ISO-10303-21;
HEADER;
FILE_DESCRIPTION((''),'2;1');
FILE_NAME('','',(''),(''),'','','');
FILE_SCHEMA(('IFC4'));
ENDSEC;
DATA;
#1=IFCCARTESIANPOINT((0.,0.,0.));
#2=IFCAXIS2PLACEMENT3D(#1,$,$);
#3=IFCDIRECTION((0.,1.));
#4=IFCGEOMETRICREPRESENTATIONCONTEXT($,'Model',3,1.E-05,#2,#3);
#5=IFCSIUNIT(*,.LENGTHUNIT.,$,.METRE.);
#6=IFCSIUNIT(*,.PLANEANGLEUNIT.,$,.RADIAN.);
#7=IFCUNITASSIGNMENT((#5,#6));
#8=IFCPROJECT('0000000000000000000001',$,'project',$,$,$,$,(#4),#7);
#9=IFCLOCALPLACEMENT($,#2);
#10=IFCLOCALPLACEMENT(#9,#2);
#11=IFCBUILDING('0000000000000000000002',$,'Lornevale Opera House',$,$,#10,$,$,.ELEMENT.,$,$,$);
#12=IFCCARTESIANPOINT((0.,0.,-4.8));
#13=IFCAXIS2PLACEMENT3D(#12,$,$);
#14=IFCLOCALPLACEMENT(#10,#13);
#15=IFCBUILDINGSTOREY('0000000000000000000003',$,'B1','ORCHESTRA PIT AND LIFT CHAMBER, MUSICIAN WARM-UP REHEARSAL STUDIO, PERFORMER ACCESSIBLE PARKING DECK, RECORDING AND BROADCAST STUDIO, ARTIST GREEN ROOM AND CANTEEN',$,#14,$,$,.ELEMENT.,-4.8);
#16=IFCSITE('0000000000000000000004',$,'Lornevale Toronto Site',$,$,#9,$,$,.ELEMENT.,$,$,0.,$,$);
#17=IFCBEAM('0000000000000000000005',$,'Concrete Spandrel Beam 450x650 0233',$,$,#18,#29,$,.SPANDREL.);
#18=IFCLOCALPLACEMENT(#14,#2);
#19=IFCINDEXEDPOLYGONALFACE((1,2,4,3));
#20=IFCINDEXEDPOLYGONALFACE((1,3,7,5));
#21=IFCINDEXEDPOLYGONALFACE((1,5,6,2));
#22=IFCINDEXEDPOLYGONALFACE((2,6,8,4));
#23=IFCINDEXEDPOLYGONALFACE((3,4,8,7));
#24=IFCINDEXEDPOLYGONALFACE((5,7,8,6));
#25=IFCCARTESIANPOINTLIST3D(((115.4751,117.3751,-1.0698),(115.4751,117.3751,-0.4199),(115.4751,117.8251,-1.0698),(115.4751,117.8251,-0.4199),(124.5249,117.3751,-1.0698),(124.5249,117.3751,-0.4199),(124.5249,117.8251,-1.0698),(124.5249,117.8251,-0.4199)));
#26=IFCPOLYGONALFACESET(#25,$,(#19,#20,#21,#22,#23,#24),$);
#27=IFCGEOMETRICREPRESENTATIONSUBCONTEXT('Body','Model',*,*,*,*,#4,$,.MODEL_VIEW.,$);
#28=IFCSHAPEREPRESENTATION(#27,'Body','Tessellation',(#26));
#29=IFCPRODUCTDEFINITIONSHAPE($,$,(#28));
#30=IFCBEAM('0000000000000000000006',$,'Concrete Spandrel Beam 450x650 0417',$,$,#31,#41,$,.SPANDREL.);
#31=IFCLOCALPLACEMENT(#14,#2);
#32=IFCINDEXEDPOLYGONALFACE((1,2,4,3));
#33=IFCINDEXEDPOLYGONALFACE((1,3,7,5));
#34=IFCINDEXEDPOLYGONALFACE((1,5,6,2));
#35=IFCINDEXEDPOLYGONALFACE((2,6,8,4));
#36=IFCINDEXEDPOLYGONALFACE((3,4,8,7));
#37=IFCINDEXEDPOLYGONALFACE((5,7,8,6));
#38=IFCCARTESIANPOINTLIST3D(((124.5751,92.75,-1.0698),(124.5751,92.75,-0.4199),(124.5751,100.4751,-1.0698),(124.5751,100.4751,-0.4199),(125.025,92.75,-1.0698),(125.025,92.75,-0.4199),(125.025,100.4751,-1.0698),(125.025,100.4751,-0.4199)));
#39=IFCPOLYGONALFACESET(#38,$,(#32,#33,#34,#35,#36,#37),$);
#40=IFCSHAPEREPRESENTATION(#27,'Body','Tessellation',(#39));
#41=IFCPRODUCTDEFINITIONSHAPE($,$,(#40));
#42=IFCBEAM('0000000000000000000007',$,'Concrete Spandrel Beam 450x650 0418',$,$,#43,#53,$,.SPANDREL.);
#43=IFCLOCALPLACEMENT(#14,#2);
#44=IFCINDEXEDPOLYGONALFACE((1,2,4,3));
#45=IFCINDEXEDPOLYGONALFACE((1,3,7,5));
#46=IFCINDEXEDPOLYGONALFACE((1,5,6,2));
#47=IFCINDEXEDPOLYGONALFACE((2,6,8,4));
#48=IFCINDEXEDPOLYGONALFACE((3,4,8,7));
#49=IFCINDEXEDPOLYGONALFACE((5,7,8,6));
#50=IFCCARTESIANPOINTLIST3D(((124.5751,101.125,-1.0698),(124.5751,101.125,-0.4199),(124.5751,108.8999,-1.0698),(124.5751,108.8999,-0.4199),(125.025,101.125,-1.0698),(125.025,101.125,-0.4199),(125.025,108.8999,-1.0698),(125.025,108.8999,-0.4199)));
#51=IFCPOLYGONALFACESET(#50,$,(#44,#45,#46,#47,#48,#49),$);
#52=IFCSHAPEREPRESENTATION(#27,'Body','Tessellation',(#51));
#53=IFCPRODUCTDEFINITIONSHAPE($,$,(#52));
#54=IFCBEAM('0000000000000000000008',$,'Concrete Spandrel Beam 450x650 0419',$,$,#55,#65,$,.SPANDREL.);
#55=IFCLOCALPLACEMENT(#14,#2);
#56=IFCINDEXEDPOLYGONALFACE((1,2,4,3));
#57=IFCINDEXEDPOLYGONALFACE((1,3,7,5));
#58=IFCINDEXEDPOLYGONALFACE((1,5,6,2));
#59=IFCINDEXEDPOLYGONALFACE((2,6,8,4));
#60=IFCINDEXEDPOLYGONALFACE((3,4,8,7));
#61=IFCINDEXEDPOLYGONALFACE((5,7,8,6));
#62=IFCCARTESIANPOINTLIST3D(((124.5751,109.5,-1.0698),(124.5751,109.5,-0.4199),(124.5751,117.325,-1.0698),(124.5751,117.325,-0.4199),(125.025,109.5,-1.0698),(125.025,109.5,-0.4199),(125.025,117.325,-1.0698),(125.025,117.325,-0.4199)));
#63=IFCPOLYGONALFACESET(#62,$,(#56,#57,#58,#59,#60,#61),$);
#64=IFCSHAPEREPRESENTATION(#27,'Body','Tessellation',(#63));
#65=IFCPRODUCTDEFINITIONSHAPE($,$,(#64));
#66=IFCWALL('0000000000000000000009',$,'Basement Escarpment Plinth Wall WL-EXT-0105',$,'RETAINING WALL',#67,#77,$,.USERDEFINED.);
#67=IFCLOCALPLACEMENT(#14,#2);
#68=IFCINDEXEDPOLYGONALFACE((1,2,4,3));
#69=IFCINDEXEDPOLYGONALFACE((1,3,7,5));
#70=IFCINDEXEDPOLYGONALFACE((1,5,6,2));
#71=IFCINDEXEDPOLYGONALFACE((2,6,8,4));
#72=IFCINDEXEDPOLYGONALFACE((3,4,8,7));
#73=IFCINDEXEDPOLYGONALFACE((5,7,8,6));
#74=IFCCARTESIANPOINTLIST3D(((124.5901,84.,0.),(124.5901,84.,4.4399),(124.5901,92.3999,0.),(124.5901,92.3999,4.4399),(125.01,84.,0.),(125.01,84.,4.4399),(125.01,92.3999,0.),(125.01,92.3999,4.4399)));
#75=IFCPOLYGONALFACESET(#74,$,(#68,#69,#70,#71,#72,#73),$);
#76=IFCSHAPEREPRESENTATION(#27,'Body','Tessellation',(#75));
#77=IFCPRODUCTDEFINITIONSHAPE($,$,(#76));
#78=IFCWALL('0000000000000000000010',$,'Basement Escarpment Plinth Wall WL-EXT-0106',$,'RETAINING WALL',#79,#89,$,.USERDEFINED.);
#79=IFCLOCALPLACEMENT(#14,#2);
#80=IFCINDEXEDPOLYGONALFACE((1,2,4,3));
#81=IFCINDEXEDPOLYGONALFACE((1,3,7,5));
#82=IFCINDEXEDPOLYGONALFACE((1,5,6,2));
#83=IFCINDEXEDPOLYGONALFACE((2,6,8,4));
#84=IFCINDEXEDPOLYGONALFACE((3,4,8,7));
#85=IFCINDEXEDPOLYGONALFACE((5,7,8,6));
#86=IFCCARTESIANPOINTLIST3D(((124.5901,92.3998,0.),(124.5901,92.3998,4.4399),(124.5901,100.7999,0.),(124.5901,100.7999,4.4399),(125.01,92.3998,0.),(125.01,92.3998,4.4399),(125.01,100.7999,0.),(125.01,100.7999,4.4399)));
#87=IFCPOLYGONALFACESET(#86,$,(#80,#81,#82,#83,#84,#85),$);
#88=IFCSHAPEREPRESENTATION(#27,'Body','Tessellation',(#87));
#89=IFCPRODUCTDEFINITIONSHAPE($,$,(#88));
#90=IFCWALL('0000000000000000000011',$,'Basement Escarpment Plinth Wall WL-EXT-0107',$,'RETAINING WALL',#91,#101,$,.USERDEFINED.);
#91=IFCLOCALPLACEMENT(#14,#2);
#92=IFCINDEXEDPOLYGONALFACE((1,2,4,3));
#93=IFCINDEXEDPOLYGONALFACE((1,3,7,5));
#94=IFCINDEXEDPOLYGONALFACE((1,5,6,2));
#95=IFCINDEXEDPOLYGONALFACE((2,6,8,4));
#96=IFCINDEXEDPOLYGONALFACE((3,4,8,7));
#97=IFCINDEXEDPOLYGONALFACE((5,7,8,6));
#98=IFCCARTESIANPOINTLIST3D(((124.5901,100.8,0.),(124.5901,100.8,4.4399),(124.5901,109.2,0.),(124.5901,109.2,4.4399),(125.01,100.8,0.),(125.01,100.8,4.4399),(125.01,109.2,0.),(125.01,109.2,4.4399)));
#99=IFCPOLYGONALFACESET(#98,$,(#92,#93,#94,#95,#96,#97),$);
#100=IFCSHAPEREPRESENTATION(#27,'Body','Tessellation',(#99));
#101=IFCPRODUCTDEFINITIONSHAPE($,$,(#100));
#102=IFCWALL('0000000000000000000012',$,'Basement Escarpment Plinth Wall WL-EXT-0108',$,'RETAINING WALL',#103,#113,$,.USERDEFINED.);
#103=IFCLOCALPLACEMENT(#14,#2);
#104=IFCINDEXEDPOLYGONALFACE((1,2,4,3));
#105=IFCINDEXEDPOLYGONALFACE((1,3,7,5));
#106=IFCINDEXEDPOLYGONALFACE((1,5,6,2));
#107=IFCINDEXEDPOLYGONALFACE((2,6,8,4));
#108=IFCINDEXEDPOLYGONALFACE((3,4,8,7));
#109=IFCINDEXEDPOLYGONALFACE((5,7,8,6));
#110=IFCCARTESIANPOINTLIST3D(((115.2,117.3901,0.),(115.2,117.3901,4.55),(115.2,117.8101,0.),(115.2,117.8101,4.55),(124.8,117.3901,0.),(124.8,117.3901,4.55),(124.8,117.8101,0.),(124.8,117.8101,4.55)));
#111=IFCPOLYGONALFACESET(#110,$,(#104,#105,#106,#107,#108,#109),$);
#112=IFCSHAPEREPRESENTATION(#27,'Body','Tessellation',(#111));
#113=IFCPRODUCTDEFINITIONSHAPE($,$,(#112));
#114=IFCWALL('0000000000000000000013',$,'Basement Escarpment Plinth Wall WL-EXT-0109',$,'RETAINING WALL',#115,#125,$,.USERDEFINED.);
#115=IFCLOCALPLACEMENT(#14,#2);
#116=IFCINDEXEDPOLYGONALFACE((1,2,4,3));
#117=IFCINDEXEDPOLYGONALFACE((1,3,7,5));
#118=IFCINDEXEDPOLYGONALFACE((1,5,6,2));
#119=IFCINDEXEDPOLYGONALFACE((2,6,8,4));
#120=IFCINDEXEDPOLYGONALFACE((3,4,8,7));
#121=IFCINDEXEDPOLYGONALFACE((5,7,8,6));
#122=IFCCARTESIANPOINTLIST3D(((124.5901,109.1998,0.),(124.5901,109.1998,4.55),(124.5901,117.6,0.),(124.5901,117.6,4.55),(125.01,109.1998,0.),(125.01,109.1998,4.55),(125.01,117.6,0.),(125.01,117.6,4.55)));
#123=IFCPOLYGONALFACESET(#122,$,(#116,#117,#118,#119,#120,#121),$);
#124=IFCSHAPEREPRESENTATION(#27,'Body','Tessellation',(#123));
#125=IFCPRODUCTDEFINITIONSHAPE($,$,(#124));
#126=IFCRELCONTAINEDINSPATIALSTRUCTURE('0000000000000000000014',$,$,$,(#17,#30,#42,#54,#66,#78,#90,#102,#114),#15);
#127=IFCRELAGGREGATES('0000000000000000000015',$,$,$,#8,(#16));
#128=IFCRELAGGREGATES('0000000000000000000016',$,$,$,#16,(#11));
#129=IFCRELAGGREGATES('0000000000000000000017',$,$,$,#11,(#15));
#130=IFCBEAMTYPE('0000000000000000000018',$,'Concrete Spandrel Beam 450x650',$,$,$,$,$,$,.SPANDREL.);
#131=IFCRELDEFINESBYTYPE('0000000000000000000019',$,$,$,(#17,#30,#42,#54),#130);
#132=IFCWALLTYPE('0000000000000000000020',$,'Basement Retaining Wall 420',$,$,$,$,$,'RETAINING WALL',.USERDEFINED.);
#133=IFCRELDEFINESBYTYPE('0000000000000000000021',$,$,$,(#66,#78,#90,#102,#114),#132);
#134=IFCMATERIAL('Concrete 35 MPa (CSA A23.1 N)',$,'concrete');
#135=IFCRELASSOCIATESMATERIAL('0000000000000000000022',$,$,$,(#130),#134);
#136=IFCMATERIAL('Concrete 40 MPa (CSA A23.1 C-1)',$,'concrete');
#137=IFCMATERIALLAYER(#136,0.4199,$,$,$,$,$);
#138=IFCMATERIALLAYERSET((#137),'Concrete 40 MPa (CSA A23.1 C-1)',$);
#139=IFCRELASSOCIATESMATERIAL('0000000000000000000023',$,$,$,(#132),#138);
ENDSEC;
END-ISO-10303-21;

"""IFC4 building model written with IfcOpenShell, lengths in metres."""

from ifc_helpers import new_model, si_unit, direction, frame, frame_2d, origin, origin_2d, place, context, subcontext, project, spatial, rectangle, extrude, material, layer, layer_set, material_profile, profile_set, type_object, element, save


model = new_model("IFC4")

# Units and contexts
model_context = context("Model", 3, precision=1e-05, world=origin(), true_north=direction((0.0, 1.0)))
body_context = subcontext(model_context, "Body", "Model", "MODEL_VIEW")
ifc_project = project(units=[si_unit("LENGTHUNIT", "METRE"), si_unit("PLANEANGLEUNIT", "RADIAN")], contexts=[model_context])

# Site, building, storey
site_placement = place(None, origin())
site = spatial("IfcSite", under=ifc_project, at=site_placement, Name="Lornevale Toronto Site", CompositionType="ELEMENT", RefElevation=0.0)
building_placement = place(site_placement, origin())
building = spatial("IfcBuilding", under=site, at=building_placement, Name="Lornevale Opera House", CompositionType="ELEMENT")
storey_placement = place(building_placement, frame((0.0, 0.0, -4.8)))
storey = spatial("IfcBuildingStorey", under=building, at=storey_placement, Name="B1", Description="ORCHESTRA PIT AND LIFT CHAMBER, MUSICIAN WARM-UP REHEARSAL STUDIO, PERFORMER ACCESSIBLE PARKING DECK, RECORDING AND BROADCAST STUDIO, ARTIST GREEN ROOM AND CANTEEN", CompositionType="ELEMENT", Elevation=-4.8)

# Shared definitions
ifc_material_1 = material(Name="Concrete 35 MPa (CSA A23.1 N)", Category="concrete")
ifc_material_2 = material(Name="Concrete 40 MPa (CSA A23.1 C-1)", Category="concrete")

# Beams
ifc_material_profile_1 = material_profile(ifc_material_1, rectangle(XDim=0.45, YDim=0.6499, at=origin_2d()), Name="RC450x650")
ifc_profile_set_1 = profile_set([ifc_material_profile_1], Name="Concrete 35 MPa (CSA A23.1 N)")
beam_type_1 = type_object("IfcBeamType", Name="Concrete Spandrel Beam 450x650", PredefinedType="SPANDREL", material=ifc_profile_set_1)
beam_1_placement = place(storey_placement, frame((115.4751, 117.6001, -0.7449), z_axis=(1.0, 0.0, 0.0), x_axis=(0.0, 1.0, 0.0)))
element("IfcBeam", 1, at=beam_1_placement, inside=storey, type_object=beam_type_1, Name="Concrete Spandrel Beam 450x650 0233", PredefinedType="SPANDREL", context=body_context, shape_type="SweptSolid", body=[
    extrude(rectangle(XDim=0.45, YDim=0.6499, at=origin_2d()), origin(), (0.0, 0.0, 1.0), 9.0498),
])
beam_2_placement = place(storey_placement, frame((124.8, 92.75, -0.7449), z_axis=(0.0, 1.0, 0.0), x_axis=(-1.0, 0.0, 0.0)))
element("IfcBeam", 2, at=beam_2_placement, inside=storey, type_object=beam_type_1, Name="Concrete Spandrel Beam 450x650 0417", PredefinedType="SPANDREL", context=body_context, shape_type="SweptSolid", body=[
    extrude(rectangle(XDim=0.45, YDim=0.6499, at=origin_2d()), origin(), (0.0, 0.0, 1.0), 7.7251),
])
beam_3_placement = place(storey_placement, frame((124.8, 101.125, -0.7449), z_axis=(0.0, 1.0, 0.0), x_axis=(-1.0, 0.0, 0.0)))
element("IfcBeam", 3, at=beam_3_placement, inside=storey, type_object=beam_type_1, Name="Concrete Spandrel Beam 450x650 0418", PredefinedType="SPANDREL", context=body_context, shape_type="SweptSolid", body=[
    extrude(rectangle(XDim=0.45, YDim=0.6499, at=origin_2d()), origin(), (0.0, 0.0, 1.0), 7.7749),
])
beam_4_placement = place(storey_placement, frame((124.8, 109.5, -0.7449), z_axis=(0.0, 1.0, 0.0), x_axis=(-1.0, 0.0, 0.0)))
element("IfcBeam", 4, at=beam_4_placement, inside=storey, type_object=beam_type_1, Name="Concrete Spandrel Beam 450x650 0419", PredefinedType="SPANDREL", context=body_context, shape_type="SweptSolid", body=[
    extrude(rectangle(XDim=0.45, YDim=0.6499, at=origin_2d()), origin(), (0.0, 0.0, 1.0), 7.825),
])

# Walls
ifc_layer = layer(ifc_material_2, 0.4199)
ifc_layer_set = layer_set([ifc_layer], Name="Concrete 40 MPa (CSA A23.1 C-1)")
wall_type = type_object("IfcWallType", Name="Basement Retaining Wall 420", ElementType="RETAINING WALL", PredefinedType="USERDEFINED", material=ifc_layer_set)
wall_1_placement = place(storey_placement, frame((124.8, 92.3999, 0.0), z_axis=(0.0, 0.0, 1.0), x_axis=(0.0, -1.0, 0.0)))
element("IfcWall", 5, at=wall_1_placement, inside=storey, type_object=wall_type, Name="Basement Escarpment Plinth Wall WL-EXT-0105", ObjectType="RETAINING WALL", PredefinedType="USERDEFINED", context=body_context, shape_type="SweptSolid", body=[
    extrude(rectangle(XDim=8.3999, YDim=0.4199, at=frame_2d((4.2, 0.0))), origin(), (0.0, 0.0, 1.0), 4.4399),
])
wall_2_placement = place(storey_placement, frame((124.8, 100.8, 0.0), z_axis=(0.0, 0.0, 1.0), x_axis=(0.0, -1.0, 0.0)))
element("IfcWall", 6, at=wall_2_placement, inside=storey, type_object=wall_type, Name="Basement Escarpment Plinth Wall WL-EXT-0106", ObjectType="RETAINING WALL", PredefinedType="USERDEFINED", context=body_context, shape_type="SweptSolid", body=[
    extrude(rectangle(XDim=8.4001, YDim=0.4199, at=frame_2d((4.2002, 0.0))), origin(), (0.0, 0.0, 1.0), 4.4399),
])
wall_3_placement = place(storey_placement, frame((124.8, 109.2, 0.0), z_axis=(0.0, 0.0, 1.0), x_axis=(0.0, -1.0, 0.0)))
element("IfcWall", 7, at=wall_3_placement, inside=storey, type_object=wall_type, Name="Basement Escarpment Plinth Wall WL-EXT-0107", ObjectType="RETAINING WALL", PredefinedType="USERDEFINED", context=body_context, shape_type="SweptSolid", body=[
    extrude(rectangle(XDim=8.3999, YDim=0.4199, at=frame_2d((4.2, 0.0))), origin(), (0.0, 0.0, 1.0), 4.4399),
])
wall_4_placement = place(storey_placement, frame((115.2, 117.6001, 0.0), z_axis=(0.0, 0.0, 1.0), x_axis=(1.0, 0.0, 0.0)))
element("IfcWall", 8, at=wall_4_placement, inside=storey, type_object=wall_type, Name="Basement Escarpment Plinth Wall WL-EXT-0108", ObjectType="RETAINING WALL", PredefinedType="USERDEFINED", context=body_context, shape_type="SweptSolid", body=[
    extrude(rectangle(XDim=9.6001, YDim=0.4199, at=frame_2d((4.8, 0.0))), origin(), (0.0, 0.0, 1.0), 4.55),
])
wall_5_placement = place(storey_placement, frame((124.8, 117.6001, 0.0), z_axis=(0.0, 0.0, 1.0), x_axis=(0.0, -1.0, 0.0)))
element("IfcWall", 9, at=wall_5_placement, inside=storey, type_object=wall_type, Name="Basement Escarpment Plinth Wall WL-EXT-0109", ObjectType="RETAINING WALL", PredefinedType="USERDEFINED", context=body_context, shape_type="SweptSolid", body=[
    extrude(rectangle(XDim=8.4001, YDim=0.4199, at=frame_2d((4.2002, 0.0))), origin(), (0.0, 0.0, 1.0), 4.55),
])

save(model, "model.ifc")
